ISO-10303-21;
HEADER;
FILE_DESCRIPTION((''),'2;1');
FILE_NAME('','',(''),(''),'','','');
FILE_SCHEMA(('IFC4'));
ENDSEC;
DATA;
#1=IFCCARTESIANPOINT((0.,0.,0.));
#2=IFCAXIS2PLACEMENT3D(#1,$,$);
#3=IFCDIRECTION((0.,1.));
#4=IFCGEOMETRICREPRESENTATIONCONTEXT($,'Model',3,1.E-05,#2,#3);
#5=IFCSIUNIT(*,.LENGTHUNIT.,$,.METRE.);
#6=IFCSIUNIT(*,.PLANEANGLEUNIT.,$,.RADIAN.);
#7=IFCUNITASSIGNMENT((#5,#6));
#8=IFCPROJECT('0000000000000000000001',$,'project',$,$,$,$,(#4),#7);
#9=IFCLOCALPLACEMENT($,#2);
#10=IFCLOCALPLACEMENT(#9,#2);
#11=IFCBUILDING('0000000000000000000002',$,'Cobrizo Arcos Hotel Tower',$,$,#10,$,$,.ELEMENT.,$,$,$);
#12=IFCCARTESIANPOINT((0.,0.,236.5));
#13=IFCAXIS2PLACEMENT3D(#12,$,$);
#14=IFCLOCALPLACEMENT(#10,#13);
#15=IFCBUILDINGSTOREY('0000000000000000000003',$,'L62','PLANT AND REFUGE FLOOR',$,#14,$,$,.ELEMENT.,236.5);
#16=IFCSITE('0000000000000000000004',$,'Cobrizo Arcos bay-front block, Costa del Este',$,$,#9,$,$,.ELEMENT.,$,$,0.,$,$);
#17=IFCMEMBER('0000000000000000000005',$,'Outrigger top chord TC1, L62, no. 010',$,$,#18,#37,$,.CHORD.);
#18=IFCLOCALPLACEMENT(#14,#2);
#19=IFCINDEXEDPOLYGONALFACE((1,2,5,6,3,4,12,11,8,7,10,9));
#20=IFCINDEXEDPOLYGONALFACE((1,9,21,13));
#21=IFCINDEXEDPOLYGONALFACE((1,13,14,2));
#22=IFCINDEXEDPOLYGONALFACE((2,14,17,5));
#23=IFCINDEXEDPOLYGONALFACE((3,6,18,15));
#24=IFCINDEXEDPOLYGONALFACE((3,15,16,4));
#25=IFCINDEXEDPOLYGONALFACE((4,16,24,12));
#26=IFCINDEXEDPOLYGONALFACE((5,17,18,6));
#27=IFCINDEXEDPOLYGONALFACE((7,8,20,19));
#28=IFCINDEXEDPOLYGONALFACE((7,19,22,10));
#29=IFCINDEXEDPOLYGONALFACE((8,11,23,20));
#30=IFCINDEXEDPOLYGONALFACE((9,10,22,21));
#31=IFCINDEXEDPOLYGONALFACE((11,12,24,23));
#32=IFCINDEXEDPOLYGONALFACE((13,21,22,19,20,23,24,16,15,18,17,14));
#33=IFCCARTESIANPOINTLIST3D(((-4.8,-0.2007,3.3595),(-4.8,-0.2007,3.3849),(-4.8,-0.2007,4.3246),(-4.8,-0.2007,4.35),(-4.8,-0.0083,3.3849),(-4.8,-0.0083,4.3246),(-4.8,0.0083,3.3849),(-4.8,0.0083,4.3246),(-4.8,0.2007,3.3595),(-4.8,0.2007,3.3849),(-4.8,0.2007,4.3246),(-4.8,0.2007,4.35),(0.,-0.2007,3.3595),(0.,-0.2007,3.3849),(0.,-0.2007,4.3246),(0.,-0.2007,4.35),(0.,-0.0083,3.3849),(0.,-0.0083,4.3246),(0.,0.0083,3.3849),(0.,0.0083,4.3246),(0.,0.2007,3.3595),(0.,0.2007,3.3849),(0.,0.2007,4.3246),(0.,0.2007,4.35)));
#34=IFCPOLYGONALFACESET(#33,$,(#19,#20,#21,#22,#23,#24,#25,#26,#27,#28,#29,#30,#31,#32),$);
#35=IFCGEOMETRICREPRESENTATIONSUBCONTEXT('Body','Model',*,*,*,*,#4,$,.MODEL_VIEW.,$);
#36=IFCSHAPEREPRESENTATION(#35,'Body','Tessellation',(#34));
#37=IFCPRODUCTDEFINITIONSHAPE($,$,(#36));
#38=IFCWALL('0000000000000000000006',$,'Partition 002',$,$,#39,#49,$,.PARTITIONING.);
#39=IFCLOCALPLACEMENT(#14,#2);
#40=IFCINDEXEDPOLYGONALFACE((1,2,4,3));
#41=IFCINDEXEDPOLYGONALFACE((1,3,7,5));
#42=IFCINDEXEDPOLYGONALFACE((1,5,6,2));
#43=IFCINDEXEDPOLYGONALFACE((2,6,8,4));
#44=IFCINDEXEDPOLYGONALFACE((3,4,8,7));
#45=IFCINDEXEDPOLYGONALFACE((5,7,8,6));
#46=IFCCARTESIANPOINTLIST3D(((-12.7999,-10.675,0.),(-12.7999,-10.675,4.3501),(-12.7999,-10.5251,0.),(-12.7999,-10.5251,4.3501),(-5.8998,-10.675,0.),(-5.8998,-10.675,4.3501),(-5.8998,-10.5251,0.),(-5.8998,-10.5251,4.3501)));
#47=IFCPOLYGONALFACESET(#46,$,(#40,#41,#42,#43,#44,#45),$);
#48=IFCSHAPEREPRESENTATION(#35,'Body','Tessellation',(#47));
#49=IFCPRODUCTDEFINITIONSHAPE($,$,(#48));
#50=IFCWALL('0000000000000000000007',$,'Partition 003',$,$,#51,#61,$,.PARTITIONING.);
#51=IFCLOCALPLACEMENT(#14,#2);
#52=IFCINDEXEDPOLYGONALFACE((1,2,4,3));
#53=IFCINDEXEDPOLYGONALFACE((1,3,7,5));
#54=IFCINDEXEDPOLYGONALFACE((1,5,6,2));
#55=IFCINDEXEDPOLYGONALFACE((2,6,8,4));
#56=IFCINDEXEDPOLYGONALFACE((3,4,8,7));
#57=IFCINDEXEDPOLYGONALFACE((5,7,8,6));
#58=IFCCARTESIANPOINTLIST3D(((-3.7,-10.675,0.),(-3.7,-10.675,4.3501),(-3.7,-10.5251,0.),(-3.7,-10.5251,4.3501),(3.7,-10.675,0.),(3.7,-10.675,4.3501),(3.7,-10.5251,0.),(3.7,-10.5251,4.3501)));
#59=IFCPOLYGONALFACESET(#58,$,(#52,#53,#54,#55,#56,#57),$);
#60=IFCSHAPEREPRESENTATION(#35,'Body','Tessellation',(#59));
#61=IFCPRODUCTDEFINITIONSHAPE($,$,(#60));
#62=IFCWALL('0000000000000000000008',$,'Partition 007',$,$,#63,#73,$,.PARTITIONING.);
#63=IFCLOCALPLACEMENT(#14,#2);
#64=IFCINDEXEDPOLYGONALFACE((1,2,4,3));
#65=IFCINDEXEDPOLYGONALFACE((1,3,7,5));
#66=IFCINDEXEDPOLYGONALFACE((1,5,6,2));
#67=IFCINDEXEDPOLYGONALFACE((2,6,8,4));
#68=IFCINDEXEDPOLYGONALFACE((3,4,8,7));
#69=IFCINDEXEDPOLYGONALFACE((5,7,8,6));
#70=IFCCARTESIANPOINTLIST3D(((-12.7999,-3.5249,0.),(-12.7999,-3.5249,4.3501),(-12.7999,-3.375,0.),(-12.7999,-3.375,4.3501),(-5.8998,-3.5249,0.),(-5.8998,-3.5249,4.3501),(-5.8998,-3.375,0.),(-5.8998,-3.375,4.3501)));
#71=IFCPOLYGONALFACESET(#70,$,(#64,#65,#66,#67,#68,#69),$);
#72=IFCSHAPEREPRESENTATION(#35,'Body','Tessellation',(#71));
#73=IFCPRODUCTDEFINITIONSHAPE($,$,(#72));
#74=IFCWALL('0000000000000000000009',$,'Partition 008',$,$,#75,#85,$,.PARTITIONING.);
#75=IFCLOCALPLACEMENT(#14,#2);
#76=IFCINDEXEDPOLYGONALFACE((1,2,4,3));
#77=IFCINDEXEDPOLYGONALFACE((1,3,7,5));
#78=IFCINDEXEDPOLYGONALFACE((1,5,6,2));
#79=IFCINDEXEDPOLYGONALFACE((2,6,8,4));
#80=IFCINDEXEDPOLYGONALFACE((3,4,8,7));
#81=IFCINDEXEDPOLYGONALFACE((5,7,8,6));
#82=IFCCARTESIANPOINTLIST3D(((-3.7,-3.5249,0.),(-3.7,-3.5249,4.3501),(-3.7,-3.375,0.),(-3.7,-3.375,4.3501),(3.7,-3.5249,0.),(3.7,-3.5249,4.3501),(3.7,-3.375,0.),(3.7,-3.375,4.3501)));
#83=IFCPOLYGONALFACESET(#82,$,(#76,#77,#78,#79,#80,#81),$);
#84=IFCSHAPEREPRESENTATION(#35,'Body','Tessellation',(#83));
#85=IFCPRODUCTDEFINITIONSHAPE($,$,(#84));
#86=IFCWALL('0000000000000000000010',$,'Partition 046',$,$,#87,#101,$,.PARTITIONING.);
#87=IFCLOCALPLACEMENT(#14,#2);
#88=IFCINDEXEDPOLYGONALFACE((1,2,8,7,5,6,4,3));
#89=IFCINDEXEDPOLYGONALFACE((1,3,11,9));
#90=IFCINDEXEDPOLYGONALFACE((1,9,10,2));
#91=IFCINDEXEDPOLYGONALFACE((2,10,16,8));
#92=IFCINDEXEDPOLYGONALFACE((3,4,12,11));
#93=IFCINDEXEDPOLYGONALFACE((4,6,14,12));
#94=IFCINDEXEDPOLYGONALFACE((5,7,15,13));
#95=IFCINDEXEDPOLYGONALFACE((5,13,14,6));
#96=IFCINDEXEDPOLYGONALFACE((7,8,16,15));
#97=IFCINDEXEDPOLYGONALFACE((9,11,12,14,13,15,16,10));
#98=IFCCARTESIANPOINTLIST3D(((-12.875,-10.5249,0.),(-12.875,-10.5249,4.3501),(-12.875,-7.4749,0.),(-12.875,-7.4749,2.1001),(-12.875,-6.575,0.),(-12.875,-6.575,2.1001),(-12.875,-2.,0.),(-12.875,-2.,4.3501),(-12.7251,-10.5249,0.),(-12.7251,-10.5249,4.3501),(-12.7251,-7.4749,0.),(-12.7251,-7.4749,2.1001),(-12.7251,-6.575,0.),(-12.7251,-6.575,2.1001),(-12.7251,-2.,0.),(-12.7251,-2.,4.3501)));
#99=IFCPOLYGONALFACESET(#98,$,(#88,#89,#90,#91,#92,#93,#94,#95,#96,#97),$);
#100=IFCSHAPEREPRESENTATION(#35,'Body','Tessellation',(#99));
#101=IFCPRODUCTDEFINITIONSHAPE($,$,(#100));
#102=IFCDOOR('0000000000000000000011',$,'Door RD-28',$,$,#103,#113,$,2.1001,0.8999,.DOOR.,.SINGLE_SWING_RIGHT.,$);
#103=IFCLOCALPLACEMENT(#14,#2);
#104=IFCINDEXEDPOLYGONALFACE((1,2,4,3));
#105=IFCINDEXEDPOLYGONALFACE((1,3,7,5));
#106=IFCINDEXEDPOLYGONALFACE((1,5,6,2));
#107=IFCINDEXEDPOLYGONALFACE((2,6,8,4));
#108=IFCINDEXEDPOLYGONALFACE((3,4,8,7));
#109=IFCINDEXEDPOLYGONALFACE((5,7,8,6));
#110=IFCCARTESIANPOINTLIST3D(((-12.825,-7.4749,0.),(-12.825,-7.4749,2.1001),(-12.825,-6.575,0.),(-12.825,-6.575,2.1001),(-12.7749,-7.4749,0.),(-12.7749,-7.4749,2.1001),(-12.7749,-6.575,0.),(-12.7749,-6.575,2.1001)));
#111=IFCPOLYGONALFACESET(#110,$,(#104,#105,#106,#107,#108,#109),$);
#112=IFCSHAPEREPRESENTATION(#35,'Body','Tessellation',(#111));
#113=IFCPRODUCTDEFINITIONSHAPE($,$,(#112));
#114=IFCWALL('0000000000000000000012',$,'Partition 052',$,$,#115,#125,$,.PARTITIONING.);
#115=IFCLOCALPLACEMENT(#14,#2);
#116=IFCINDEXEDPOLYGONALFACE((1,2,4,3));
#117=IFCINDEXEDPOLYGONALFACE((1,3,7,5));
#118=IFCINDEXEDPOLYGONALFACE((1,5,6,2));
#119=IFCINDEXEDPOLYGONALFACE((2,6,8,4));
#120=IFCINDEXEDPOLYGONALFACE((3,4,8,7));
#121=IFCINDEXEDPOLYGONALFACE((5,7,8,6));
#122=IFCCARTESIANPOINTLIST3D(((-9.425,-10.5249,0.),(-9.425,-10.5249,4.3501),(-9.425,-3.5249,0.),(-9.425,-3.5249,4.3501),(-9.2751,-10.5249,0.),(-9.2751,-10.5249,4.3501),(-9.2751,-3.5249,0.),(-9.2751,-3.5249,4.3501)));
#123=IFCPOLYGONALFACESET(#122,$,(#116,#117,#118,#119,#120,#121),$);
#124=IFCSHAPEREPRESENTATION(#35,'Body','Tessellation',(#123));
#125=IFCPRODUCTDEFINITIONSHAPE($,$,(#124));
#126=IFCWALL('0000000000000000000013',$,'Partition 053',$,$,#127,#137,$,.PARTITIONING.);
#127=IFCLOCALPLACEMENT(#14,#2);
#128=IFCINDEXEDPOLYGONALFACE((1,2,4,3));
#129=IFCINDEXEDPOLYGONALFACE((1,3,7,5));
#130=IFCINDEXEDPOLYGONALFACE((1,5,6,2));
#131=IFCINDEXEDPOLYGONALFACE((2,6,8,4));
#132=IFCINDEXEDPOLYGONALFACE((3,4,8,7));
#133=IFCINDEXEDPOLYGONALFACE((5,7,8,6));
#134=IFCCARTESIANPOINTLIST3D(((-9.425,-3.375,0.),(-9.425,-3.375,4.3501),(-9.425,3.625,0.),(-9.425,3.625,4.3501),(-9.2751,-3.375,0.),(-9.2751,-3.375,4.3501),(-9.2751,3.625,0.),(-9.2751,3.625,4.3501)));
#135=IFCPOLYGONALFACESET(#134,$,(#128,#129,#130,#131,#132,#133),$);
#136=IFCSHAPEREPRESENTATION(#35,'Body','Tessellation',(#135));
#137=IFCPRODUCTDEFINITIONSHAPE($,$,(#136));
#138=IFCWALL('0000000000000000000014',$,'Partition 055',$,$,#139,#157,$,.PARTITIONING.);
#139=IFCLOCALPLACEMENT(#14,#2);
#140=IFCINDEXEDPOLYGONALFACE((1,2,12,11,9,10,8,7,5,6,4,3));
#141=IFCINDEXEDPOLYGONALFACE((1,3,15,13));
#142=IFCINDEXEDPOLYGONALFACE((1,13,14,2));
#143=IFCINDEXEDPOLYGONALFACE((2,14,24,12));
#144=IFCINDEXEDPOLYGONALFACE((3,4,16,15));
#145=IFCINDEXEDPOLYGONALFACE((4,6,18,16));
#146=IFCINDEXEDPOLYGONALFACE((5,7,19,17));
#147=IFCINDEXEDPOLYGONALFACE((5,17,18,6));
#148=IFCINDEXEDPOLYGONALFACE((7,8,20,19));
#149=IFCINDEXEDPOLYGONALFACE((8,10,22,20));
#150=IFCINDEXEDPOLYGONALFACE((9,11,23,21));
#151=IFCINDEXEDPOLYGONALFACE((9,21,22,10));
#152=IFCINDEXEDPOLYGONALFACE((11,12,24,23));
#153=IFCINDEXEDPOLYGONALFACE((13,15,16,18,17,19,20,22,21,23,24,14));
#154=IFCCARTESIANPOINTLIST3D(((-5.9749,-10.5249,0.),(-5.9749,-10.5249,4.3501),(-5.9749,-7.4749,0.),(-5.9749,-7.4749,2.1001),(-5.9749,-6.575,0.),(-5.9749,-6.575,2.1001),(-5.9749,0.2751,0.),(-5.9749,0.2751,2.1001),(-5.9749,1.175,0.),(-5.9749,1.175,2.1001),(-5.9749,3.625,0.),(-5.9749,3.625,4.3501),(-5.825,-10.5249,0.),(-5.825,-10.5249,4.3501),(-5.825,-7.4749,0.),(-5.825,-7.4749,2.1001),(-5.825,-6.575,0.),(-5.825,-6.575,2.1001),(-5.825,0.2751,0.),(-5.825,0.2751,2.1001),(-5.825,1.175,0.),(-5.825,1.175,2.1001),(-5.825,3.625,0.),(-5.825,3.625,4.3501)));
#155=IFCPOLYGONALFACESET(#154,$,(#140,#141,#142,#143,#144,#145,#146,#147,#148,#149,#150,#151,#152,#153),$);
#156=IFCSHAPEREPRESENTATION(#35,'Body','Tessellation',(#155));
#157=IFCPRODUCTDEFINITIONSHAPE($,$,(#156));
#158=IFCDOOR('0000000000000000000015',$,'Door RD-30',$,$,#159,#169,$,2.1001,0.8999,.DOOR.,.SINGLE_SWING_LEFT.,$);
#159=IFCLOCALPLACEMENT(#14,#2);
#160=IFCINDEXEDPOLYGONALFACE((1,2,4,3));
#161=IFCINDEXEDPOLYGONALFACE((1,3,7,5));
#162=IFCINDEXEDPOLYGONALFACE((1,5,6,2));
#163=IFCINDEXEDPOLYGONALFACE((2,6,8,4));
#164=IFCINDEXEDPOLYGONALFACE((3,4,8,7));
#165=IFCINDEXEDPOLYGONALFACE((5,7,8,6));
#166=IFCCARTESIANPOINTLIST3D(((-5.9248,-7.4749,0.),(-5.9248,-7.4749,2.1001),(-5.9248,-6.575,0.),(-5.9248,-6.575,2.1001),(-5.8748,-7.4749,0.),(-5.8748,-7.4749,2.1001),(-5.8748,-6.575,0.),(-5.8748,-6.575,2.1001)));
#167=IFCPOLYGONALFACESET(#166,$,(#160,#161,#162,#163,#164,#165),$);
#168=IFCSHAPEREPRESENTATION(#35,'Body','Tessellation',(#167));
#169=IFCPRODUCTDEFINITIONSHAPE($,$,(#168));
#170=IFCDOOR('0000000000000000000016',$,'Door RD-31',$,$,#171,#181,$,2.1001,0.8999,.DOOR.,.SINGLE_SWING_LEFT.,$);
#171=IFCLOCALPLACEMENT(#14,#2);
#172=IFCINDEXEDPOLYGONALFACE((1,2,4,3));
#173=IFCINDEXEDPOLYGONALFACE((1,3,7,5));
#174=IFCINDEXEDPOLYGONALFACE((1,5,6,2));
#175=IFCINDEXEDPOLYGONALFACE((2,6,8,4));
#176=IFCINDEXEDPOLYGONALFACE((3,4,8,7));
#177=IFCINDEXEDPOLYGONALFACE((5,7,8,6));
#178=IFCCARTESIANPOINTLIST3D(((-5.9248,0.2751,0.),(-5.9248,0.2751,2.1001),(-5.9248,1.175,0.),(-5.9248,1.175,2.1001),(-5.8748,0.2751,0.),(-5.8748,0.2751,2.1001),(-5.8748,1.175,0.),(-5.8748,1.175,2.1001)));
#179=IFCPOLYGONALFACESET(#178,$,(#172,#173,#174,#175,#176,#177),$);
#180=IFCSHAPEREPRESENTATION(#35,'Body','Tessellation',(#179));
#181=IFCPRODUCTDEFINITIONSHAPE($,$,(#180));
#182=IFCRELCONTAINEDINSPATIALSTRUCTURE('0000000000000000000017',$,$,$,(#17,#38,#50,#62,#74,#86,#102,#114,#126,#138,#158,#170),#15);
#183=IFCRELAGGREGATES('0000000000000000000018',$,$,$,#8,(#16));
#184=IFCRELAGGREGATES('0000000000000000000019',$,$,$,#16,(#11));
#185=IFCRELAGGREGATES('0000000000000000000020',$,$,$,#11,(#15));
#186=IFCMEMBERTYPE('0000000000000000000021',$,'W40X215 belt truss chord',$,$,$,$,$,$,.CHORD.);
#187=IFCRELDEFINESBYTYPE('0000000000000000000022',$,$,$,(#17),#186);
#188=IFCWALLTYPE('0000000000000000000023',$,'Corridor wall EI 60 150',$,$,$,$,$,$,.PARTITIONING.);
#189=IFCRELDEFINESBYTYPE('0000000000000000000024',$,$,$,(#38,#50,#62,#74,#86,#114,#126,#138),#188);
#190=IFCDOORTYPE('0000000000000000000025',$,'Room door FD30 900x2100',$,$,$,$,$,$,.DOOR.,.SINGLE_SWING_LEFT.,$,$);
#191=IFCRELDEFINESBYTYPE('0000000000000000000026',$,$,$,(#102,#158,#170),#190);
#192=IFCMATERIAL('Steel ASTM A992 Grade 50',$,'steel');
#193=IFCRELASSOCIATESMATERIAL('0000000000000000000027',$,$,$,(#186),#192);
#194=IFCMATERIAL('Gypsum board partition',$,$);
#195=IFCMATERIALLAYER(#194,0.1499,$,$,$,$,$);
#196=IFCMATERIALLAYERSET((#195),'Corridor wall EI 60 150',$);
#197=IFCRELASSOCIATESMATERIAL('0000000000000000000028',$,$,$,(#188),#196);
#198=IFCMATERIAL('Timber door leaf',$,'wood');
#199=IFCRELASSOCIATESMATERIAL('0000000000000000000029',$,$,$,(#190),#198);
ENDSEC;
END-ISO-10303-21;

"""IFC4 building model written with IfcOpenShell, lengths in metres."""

from ifc_helpers import new_model, si_unit, direction, frame, frame_2d, origin, origin_2d, place, context, subcontext, project, spatial, rectangle, i_section, extrude, material, layer, layer_set, material_profile, profile_set, type_object, element, fill, save


model = new_model("IFC4")

# Units and contexts
model_context = context("Model", 3, precision=1e-05, world=origin(), true_north=direction((0.0, 1.0)))
body_context = subcontext(model_context, "Body", "Model", "MODEL_VIEW")
ifc_project = project(units=[si_unit("LENGTHUNIT", "METRE"), si_unit("PLANEANGLEUNIT", "RADIAN")], contexts=[model_context])

# Site, building, storey
site_placement = place(None, origin())
site = spatial("IfcSite", under=ifc_project, at=site_placement, Name="Cobrizo Arcos bay-front block, Costa del Este", CompositionType="ELEMENT", RefElevation=0.0)
building_placement = place(site_placement, origin())
building = spatial("IfcBuilding", under=site, at=building_placement, Name="Cobrizo Arcos Hotel Tower", CompositionType="ELEMENT")
storey_placement = place(building_placement, frame((0.0, 0.0, 236.5)))
storey = spatial("IfcBuildingStorey", under=building, at=storey_placement, Name="L62", Description="PLANT AND REFUGE FLOOR", CompositionType="ELEMENT", Elevation=236.5)

# Member
ifc_material_1 = material(Name="Steel ASTM A992 Grade 50", Category="steel")
ifc_material_profile_1 = material_profile(ifc_material_1, i_section(OverallWidth=0.4014, OverallDepth=0.9905, WebThickness=0.0166, FlangeThickness=0.0254, at=origin_2d()), Name="W40X215")
ifc_profile_set_1 = profile_set([ifc_material_profile_1], Name="Steel ASTM A992 Grade 50")
member_type_1 = type_object("IfcMemberType", Name="W40X215 belt truss chord", PredefinedType="CHORD", material=ifc_profile_set_1)
member_1_placement = place(storey_placement, frame((-4.8, 0.0, 3.8547), z_axis=(1.0, 0.0, 0.0), x_axis=(0.0, 1.0, 0.0)))
element("IfcMember", 1, at=member_1_placement, inside=storey, type_object=member_type_1, Name="Outrigger top chord TC1, L62, no. 010", PredefinedType="CHORD", context=body_context, shape_type="SweptSolid", body=[
    extrude(i_section(OverallWidth=0.4014, OverallDepth=0.9905, WebThickness=0.0166, FlangeThickness=0.0254, at=origin_2d()), origin(), (0.0, 0.0, 1.0), 4.8),
])

# Walls
ifc_material_2 = material(Name="Gypsum board partition")
ifc_layer_1 = layer(ifc_material_2, 0.1499)
ifc_layer_set_1 = layer_set([ifc_layer_1], Name="Corridor wall EI 60 150")
wall_type_1 = type_object("IfcWallType", Name="Corridor wall EI 60 150", PredefinedType="PARTITIONING", material=ifc_layer_set_1)
wall_1_placement = place(storey_placement, frame((-12.8, -10.6001, 0.0), z_axis=(0.0, 0.0, 1.0), x_axis=(1.0, 0.0, 0.0)))
element("IfcWall", 2, at=wall_1_placement, inside=storey, type_object=wall_type_1, Name="Partition 002", PredefinedType="PARTITIONING", context=body_context, shape_type="SweptSolid", body=[
    extrude(rectangle(XDim=6.9001, YDim=0.1499, at=frame_2d((3.4502, 0.0))), origin(), (0.0, 0.0, 1.0), 4.3501),
])
wall_2_placement = place(storey_placement, frame((-3.7, -10.6001, 0.0), z_axis=(0.0, 0.0, 1.0), x_axis=(1.0, 0.0, 0.0)))
element("IfcWall", 3, at=wall_2_placement, inside=storey, type_object=wall_type_1, Name="Partition 003", PredefinedType="PARTITIONING", context=body_context, shape_type="SweptSolid", body=[
    extrude(rectangle(XDim=7.3999, YDim=0.1499, at=frame_2d((3.7, 0.0))), origin(), (0.0, 0.0, 1.0), 4.3501),
])
wall_3_placement = place(storey_placement, frame((-12.8, -3.45, 0.0), z_axis=(0.0, 0.0, 1.0), x_axis=(1.0, 0.0, 0.0)))
element("IfcWall", 4, at=wall_3_placement, inside=storey, type_object=wall_type_1, Name="Partition 007", PredefinedType="PARTITIONING", context=body_context, shape_type="SweptSolid", body=[
    extrude(rectangle(XDim=6.9001, YDim=0.1499, at=frame_2d((3.4502, 0.0))), origin(), (0.0, 0.0, 1.0), 4.3501),
])
wall_4_placement = place(storey_placement, frame((-3.7, -3.45, 0.0), z_axis=(0.0, 0.0, 1.0), x_axis=(1.0, 0.0, 0.0)))
element("IfcWall", 5, at=wall_4_placement, inside=storey, type_object=wall_type_1, Name="Partition 008", PredefinedType="PARTITIONING", context=body_context, shape_type="SweptSolid", body=[
    extrude(rectangle(XDim=7.3999, YDim=0.1499, at=frame_2d((3.7, 0.0))), origin(), (0.0, 0.0, 1.0), 4.3501),
])

# Wall, opening, door
wall_5_placement = place(storey_placement, frame((-12.8, -10.5249, 0.0), z_axis=(0.0, 0.0, 1.0), x_axis=(0.0, 1.0, 0.0)))
wall_5 = element("IfcWall", 6, at=wall_5_placement, inside=storey, type_object=wall_type_1, Name="Partition 046", PredefinedType="PARTITIONING", context=body_context, shape_type="SweptSolid", body=[
    extrude(rectangle(XDim=8.5249, YDim=0.1499, at=frame_2d((4.2625, 0.0))), origin(), (0.0, 0.0, 1.0), 4.3501),
])
opening_1_placement = place(wall_5_placement, frame((3.05, 0.0, 0.0)))
opening_1 = element("IfcOpeningElement", 7, at=opening_1_placement, cuts=wall_5, PredefinedType="OPENING", context=body_context, shape_type="SweptSolid", body=[
    extrude(rectangle(XDim=0.8999, YDim=2.1001, at=frame_2d((0.45, 1.05))), frame((0.0, 0.0869, 0.0), z_axis=(0.0, -1.0, 0.0), x_axis=(1.0, 0.0, 0.0)), (0.0, 0.0, 1.0), 0.1738),
])
ifc_material_3 = material(Name="Timber door leaf", Category="wood")
door_type = type_object("IfcDoorType", Name="Room door FD30 900x2100", OperationType="SINGLE_SWING_LEFT", PredefinedType="DOOR", material=ifc_material_3)
door_1_placement = place(opening_1_placement, origin())
door_1 = element("IfcDoor", 8, at=door_1_placement, inside=storey, type_object=door_type, Name="Door RD-28", OperationType="SINGLE_SWING_RIGHT", OverallHeight=2.1001, OverallWidth=0.8999, PredefinedType="DOOR", context=body_context, shape_type="SweptSolid", body=[
    extrude(rectangle(XDim=0.8999, YDim=2.1001, at=frame_2d((0.45, 1.05))), frame((0.0, 0.0249, 0.0), z_axis=(0.0, -1.0, 0.0), x_axis=(1.0, 0.0, 0.0)), (0.0, 0.0, 1.0), 0.05),
])
fill(opening_1, door_1)

# Walls
for number, where, z_axis, x_axis, name in (
    (9, (-9.3501, -10.5249, 0.0), (0.0, 0.0, 1.0), (0.0, 1.0, 0.0), "Partition 052"),
    (10, (-9.3501, -3.375, 0.0), (0.0, 0.0, 1.0), (0.0, 1.0, 0.0), "Partition 053"),
):
    element("IfcWall", number, at=place(storey_placement, frame(where, z_axis=z_axis, x_axis=x_axis)), inside=storey, type_object=wall_type_1, Name=name, PredefinedType="PARTITIONING", context=body_context, shape_type="SweptSolid", body=[
        extrude(rectangle(XDim=7.0, YDim=0.1499, at=frame_2d((3.5, 0.0))), origin(), (0.0, 0.0, 1.0), 4.3501),
    ])

# Wall, openings, doors
wall_6_placement = place(storey_placement, frame((-5.8999, -10.5249, 0.0), z_axis=(0.0, 0.0, 1.0), x_axis=(0.0, 1.0, 0.0)))
wall_6 = element("IfcWall", 11, at=wall_6_placement, inside=storey, type_object=wall_type_1, Name="Partition 055", PredefinedType="PARTITIONING", context=body_context, shape_type="SweptSolid", body=[
    extrude(rectangle(XDim=14.1499, YDim=0.1499, at=frame_2d((7.075, 0.0))), origin(), (0.0, 0.0, 1.0), 4.3501),
])
opening_2_placement = place(wall_6_placement, frame((3.05, 0.0, 0.0)))
opening_2 = element("IfcOpeningElement", 12, at=opening_2_placement, cuts=wall_6, PredefinedType="OPENING", context=body_context, shape_type="SweptSolid", body=[
    extrude(rectangle(XDim=0.8999, YDim=2.1001, at=frame_2d((0.45, 1.05))), frame((0.0, 0.0869, 0.0), z_axis=(0.0, -1.0, 0.0), x_axis=(1.0, 0.0, 0.0)), (0.0, 0.0, 1.0), 0.1738),
])
opening_3_placement = place(wall_6_placement, frame((10.8, 0.0, 0.0)))
opening_3 = element("IfcOpeningElement", 13, at=opening_3_placement, cuts=wall_6, PredefinedType="OPENING", context=body_context, shape_type="SweptSolid", body=[
    extrude(rectangle(XDim=0.8999, YDim=2.1001, at=frame_2d((0.45, 1.05))), frame((0.0, 0.0869, 0.0), z_axis=(0.0, -1.0, 0.0), x_axis=(1.0, 0.0, 0.0)), (0.0, 0.0, 1.0), 0.1738),
])
door_2_placement = place(opening_2_placement, origin())
door_2 = element("IfcDoor", 14, at=door_2_placement, inside=storey, type_object=door_type, Name="Door RD-30", OperationType="SINGLE_SWING_LEFT", OverallHeight=2.1001, OverallWidth=0.8999, PredefinedType="DOOR", context=body_context, shape_type="SweptSolid", body=[
    extrude(rectangle(XDim=0.8999, YDim=2.1001, at=frame_2d((0.45, 1.05))), frame((0.0, 0.0249, 0.0), z_axis=(0.0, -1.0, 0.0), x_axis=(1.0, 0.0, 0.0)), (0.0, 0.0, 1.0), 0.05),
])
fill(opening_2, door_2)
door_3_placement = place(opening_3_placement, origin())
door_3 = element("IfcDoor", 15, at=door_3_placement, inside=storey, type_object=door_type, Name="Door RD-31", OperationType="SINGLE_SWING_LEFT", OverallHeight=2.1001, OverallWidth=0.8999, PredefinedType="DOOR", context=body_context, shape_type="SweptSolid", body=[
    extrude(rectangle(XDim=0.8999, YDim=2.1001, at=frame_2d((0.45, 1.05))), frame((0.0, 0.0249, 0.0), z_axis=(0.0, -1.0, 0.0), x_axis=(1.0, 0.0, 0.0)), (0.0, 0.0, 1.0), 0.05),
])
fill(opening_3, door_3)

save(model, "model.ifc")
